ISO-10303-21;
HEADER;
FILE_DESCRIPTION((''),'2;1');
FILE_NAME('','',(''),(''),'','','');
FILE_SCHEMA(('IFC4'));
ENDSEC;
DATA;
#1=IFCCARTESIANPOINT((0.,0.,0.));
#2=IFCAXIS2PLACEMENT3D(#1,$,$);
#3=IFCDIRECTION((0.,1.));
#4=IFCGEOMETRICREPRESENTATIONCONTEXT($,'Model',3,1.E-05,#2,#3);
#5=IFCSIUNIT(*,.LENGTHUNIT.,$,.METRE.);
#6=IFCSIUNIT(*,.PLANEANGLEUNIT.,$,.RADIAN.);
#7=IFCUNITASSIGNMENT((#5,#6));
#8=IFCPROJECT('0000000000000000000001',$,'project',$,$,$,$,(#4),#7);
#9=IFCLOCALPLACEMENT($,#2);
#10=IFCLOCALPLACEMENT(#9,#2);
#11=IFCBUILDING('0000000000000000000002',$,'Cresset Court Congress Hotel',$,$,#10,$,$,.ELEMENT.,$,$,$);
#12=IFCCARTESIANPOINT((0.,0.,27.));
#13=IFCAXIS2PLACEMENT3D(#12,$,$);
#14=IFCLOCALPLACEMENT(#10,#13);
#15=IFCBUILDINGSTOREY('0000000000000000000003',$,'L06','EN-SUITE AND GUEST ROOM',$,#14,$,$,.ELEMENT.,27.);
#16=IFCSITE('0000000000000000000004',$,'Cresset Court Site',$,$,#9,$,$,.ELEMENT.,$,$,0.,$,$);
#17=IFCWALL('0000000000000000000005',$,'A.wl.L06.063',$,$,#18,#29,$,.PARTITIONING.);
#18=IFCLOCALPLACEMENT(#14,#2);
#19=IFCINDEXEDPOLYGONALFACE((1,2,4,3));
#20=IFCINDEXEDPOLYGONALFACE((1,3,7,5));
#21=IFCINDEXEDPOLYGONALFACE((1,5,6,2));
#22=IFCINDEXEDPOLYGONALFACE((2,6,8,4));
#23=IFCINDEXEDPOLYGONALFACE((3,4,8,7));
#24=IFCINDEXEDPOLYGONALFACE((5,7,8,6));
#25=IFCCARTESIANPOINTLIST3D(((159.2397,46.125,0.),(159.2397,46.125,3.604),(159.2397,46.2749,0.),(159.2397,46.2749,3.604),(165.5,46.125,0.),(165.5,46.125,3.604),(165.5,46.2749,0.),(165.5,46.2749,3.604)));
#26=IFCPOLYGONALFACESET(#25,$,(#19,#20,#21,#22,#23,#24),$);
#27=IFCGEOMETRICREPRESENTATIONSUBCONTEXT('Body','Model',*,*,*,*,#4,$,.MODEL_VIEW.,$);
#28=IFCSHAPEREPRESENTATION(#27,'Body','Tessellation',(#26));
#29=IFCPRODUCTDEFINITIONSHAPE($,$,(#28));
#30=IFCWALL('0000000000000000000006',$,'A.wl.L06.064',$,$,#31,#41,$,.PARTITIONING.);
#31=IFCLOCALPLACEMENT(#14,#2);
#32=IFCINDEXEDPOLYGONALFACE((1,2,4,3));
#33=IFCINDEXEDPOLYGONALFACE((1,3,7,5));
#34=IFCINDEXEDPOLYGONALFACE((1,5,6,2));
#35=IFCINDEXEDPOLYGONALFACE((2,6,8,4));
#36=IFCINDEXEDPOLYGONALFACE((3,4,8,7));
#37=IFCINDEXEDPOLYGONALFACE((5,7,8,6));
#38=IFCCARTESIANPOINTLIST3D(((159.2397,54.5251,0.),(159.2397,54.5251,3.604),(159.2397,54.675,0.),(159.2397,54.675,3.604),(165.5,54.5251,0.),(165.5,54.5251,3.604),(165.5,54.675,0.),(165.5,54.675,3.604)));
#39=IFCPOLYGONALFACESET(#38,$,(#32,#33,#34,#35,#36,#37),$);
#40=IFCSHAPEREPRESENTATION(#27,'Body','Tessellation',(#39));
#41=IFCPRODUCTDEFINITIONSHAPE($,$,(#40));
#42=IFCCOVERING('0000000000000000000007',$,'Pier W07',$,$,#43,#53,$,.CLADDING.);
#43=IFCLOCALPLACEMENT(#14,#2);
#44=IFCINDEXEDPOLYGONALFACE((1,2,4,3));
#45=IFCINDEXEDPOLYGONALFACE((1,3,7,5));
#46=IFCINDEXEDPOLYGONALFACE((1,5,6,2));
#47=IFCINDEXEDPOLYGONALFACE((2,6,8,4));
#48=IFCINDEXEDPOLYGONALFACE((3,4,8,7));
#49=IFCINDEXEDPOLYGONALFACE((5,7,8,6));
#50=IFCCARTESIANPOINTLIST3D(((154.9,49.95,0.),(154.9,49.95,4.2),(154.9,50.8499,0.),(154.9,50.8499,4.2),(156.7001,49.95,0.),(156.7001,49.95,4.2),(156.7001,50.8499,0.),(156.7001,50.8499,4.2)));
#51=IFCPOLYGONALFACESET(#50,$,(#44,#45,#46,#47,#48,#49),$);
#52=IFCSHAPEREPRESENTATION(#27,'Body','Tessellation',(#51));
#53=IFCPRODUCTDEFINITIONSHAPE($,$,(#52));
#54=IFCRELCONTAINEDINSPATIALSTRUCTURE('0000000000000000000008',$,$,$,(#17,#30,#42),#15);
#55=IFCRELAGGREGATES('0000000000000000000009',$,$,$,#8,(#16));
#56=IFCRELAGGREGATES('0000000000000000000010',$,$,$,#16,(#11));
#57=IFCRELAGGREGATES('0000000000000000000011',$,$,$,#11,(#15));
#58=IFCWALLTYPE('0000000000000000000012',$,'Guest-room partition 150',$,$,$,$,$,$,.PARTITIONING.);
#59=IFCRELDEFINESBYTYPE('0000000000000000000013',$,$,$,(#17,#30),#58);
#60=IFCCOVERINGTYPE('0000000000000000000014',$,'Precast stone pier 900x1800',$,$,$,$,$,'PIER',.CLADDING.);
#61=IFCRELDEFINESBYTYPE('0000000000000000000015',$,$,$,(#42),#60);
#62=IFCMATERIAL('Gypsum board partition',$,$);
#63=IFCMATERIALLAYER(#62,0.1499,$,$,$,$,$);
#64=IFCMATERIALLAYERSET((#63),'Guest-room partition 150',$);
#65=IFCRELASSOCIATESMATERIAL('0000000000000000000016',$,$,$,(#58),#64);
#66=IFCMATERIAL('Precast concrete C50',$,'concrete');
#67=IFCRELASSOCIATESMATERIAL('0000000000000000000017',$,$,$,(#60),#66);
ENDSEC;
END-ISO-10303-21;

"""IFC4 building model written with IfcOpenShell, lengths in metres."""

from ifc_helpers import new_model, si_unit, direction, frame, frame_2d, origin, origin_2d, place, context, subcontext, project, spatial, rectangle, extrude, material, layer, layer_set, type_object, element, save


model = new_model("IFC4")

# Units and contexts
model_context = context("Model", 3, precision=1e-05, world=origin(), true_north=direction((0.0, 1.0)))
body_context = subcontext(model_context, "Body", "Model", "MODEL_VIEW")
ifc_project = project(units=[si_unit("LENGTHUNIT", "METRE"), si_unit("PLANEANGLEUNIT", "RADIAN")], contexts=[model_context])

# Site, building, storey
site_placement = place(None, origin())
site = spatial("IfcSite", under=ifc_project, at=site_placement, Name="Cresset Court Site", CompositionType="ELEMENT", RefElevation=0.0)
building_placement = place(site_placement, origin())
building = spatial("IfcBuilding", under=site, at=building_placement, Name="Cresset Court Congress Hotel", CompositionType="ELEMENT")
storey_placement = place(building_placement, frame((0.0, 0.0, 27.0)))
storey = spatial("IfcBuildingStorey", under=building, at=storey_placement, Name="L06", Description="EN-SUITE AND GUEST ROOM", CompositionType="ELEMENT", Elevation=27.0)

# Walls
ifc_material_1 = material(Name="Gypsum board partition")
ifc_layer_1 = layer(ifc_material_1, 0.1499)
ifc_layer_set_1 = layer_set([ifc_layer_1], Name="Guest-room partition 150")
wall_type_1 = type_object("IfcWallType", Name="Guest-room partition 150", PredefinedType="PARTITIONING", material=ifc_layer_set_1)
for number, where, z_axis, x_axis, name in (
    (1, (159.2397, 46.2, 0.0), (0.0, 0.0, 1.0), (1.0, 0.0, 0.0), "A.wl.L06.063"),
    (2, (159.2397, 54.6001, 0.0), (0.0, 0.0, 1.0), (1.0, 0.0, 0.0), "A.wl.L06.064"),
):
    element("IfcWall", number, at=place(storey_placement, frame(where, z_axis=z_axis, x_axis=x_axis)), inside=storey, type_object=wall_type_1, Name=name, PredefinedType="PARTITIONING", context=body_context, shape_type="SweptSolid", body=[
        extrude(rectangle(XDim=6.2603, YDim=0.1499, at=frame_2d((3.1301, 0.0))), origin(), (0.0, 0.0, 1.0), 3.604),
    ])

# Covering
ifc_material_2 = material(Name="Precast concrete C50", Category="concrete")
covering_type = type_object("IfcCoveringType", Name="Precast stone pier 900x1800", ElementType="PIER", PredefinedType="CLADDING", material=ifc_material_2)
covering_placement = place(storey_placement, frame((155.8, 50.3999, 0.0), z_axis=(0.0, 0.0, 1.0), x_axis=(1.0, 0.0, 0.0)))
element("IfcCovering", 3, at=covering_placement, inside=storey, type_object=covering_type, Name="Pier W07", PredefinedType="CLADDING", context=body_context, shape_type="SweptSolid", body=[
    extrude(rectangle(XDim=1.8, YDim=0.8999, at=origin_2d()), origin(), (0.0, 0.0, 1.0), 4.2),
])

save(model, "model.ifc")
